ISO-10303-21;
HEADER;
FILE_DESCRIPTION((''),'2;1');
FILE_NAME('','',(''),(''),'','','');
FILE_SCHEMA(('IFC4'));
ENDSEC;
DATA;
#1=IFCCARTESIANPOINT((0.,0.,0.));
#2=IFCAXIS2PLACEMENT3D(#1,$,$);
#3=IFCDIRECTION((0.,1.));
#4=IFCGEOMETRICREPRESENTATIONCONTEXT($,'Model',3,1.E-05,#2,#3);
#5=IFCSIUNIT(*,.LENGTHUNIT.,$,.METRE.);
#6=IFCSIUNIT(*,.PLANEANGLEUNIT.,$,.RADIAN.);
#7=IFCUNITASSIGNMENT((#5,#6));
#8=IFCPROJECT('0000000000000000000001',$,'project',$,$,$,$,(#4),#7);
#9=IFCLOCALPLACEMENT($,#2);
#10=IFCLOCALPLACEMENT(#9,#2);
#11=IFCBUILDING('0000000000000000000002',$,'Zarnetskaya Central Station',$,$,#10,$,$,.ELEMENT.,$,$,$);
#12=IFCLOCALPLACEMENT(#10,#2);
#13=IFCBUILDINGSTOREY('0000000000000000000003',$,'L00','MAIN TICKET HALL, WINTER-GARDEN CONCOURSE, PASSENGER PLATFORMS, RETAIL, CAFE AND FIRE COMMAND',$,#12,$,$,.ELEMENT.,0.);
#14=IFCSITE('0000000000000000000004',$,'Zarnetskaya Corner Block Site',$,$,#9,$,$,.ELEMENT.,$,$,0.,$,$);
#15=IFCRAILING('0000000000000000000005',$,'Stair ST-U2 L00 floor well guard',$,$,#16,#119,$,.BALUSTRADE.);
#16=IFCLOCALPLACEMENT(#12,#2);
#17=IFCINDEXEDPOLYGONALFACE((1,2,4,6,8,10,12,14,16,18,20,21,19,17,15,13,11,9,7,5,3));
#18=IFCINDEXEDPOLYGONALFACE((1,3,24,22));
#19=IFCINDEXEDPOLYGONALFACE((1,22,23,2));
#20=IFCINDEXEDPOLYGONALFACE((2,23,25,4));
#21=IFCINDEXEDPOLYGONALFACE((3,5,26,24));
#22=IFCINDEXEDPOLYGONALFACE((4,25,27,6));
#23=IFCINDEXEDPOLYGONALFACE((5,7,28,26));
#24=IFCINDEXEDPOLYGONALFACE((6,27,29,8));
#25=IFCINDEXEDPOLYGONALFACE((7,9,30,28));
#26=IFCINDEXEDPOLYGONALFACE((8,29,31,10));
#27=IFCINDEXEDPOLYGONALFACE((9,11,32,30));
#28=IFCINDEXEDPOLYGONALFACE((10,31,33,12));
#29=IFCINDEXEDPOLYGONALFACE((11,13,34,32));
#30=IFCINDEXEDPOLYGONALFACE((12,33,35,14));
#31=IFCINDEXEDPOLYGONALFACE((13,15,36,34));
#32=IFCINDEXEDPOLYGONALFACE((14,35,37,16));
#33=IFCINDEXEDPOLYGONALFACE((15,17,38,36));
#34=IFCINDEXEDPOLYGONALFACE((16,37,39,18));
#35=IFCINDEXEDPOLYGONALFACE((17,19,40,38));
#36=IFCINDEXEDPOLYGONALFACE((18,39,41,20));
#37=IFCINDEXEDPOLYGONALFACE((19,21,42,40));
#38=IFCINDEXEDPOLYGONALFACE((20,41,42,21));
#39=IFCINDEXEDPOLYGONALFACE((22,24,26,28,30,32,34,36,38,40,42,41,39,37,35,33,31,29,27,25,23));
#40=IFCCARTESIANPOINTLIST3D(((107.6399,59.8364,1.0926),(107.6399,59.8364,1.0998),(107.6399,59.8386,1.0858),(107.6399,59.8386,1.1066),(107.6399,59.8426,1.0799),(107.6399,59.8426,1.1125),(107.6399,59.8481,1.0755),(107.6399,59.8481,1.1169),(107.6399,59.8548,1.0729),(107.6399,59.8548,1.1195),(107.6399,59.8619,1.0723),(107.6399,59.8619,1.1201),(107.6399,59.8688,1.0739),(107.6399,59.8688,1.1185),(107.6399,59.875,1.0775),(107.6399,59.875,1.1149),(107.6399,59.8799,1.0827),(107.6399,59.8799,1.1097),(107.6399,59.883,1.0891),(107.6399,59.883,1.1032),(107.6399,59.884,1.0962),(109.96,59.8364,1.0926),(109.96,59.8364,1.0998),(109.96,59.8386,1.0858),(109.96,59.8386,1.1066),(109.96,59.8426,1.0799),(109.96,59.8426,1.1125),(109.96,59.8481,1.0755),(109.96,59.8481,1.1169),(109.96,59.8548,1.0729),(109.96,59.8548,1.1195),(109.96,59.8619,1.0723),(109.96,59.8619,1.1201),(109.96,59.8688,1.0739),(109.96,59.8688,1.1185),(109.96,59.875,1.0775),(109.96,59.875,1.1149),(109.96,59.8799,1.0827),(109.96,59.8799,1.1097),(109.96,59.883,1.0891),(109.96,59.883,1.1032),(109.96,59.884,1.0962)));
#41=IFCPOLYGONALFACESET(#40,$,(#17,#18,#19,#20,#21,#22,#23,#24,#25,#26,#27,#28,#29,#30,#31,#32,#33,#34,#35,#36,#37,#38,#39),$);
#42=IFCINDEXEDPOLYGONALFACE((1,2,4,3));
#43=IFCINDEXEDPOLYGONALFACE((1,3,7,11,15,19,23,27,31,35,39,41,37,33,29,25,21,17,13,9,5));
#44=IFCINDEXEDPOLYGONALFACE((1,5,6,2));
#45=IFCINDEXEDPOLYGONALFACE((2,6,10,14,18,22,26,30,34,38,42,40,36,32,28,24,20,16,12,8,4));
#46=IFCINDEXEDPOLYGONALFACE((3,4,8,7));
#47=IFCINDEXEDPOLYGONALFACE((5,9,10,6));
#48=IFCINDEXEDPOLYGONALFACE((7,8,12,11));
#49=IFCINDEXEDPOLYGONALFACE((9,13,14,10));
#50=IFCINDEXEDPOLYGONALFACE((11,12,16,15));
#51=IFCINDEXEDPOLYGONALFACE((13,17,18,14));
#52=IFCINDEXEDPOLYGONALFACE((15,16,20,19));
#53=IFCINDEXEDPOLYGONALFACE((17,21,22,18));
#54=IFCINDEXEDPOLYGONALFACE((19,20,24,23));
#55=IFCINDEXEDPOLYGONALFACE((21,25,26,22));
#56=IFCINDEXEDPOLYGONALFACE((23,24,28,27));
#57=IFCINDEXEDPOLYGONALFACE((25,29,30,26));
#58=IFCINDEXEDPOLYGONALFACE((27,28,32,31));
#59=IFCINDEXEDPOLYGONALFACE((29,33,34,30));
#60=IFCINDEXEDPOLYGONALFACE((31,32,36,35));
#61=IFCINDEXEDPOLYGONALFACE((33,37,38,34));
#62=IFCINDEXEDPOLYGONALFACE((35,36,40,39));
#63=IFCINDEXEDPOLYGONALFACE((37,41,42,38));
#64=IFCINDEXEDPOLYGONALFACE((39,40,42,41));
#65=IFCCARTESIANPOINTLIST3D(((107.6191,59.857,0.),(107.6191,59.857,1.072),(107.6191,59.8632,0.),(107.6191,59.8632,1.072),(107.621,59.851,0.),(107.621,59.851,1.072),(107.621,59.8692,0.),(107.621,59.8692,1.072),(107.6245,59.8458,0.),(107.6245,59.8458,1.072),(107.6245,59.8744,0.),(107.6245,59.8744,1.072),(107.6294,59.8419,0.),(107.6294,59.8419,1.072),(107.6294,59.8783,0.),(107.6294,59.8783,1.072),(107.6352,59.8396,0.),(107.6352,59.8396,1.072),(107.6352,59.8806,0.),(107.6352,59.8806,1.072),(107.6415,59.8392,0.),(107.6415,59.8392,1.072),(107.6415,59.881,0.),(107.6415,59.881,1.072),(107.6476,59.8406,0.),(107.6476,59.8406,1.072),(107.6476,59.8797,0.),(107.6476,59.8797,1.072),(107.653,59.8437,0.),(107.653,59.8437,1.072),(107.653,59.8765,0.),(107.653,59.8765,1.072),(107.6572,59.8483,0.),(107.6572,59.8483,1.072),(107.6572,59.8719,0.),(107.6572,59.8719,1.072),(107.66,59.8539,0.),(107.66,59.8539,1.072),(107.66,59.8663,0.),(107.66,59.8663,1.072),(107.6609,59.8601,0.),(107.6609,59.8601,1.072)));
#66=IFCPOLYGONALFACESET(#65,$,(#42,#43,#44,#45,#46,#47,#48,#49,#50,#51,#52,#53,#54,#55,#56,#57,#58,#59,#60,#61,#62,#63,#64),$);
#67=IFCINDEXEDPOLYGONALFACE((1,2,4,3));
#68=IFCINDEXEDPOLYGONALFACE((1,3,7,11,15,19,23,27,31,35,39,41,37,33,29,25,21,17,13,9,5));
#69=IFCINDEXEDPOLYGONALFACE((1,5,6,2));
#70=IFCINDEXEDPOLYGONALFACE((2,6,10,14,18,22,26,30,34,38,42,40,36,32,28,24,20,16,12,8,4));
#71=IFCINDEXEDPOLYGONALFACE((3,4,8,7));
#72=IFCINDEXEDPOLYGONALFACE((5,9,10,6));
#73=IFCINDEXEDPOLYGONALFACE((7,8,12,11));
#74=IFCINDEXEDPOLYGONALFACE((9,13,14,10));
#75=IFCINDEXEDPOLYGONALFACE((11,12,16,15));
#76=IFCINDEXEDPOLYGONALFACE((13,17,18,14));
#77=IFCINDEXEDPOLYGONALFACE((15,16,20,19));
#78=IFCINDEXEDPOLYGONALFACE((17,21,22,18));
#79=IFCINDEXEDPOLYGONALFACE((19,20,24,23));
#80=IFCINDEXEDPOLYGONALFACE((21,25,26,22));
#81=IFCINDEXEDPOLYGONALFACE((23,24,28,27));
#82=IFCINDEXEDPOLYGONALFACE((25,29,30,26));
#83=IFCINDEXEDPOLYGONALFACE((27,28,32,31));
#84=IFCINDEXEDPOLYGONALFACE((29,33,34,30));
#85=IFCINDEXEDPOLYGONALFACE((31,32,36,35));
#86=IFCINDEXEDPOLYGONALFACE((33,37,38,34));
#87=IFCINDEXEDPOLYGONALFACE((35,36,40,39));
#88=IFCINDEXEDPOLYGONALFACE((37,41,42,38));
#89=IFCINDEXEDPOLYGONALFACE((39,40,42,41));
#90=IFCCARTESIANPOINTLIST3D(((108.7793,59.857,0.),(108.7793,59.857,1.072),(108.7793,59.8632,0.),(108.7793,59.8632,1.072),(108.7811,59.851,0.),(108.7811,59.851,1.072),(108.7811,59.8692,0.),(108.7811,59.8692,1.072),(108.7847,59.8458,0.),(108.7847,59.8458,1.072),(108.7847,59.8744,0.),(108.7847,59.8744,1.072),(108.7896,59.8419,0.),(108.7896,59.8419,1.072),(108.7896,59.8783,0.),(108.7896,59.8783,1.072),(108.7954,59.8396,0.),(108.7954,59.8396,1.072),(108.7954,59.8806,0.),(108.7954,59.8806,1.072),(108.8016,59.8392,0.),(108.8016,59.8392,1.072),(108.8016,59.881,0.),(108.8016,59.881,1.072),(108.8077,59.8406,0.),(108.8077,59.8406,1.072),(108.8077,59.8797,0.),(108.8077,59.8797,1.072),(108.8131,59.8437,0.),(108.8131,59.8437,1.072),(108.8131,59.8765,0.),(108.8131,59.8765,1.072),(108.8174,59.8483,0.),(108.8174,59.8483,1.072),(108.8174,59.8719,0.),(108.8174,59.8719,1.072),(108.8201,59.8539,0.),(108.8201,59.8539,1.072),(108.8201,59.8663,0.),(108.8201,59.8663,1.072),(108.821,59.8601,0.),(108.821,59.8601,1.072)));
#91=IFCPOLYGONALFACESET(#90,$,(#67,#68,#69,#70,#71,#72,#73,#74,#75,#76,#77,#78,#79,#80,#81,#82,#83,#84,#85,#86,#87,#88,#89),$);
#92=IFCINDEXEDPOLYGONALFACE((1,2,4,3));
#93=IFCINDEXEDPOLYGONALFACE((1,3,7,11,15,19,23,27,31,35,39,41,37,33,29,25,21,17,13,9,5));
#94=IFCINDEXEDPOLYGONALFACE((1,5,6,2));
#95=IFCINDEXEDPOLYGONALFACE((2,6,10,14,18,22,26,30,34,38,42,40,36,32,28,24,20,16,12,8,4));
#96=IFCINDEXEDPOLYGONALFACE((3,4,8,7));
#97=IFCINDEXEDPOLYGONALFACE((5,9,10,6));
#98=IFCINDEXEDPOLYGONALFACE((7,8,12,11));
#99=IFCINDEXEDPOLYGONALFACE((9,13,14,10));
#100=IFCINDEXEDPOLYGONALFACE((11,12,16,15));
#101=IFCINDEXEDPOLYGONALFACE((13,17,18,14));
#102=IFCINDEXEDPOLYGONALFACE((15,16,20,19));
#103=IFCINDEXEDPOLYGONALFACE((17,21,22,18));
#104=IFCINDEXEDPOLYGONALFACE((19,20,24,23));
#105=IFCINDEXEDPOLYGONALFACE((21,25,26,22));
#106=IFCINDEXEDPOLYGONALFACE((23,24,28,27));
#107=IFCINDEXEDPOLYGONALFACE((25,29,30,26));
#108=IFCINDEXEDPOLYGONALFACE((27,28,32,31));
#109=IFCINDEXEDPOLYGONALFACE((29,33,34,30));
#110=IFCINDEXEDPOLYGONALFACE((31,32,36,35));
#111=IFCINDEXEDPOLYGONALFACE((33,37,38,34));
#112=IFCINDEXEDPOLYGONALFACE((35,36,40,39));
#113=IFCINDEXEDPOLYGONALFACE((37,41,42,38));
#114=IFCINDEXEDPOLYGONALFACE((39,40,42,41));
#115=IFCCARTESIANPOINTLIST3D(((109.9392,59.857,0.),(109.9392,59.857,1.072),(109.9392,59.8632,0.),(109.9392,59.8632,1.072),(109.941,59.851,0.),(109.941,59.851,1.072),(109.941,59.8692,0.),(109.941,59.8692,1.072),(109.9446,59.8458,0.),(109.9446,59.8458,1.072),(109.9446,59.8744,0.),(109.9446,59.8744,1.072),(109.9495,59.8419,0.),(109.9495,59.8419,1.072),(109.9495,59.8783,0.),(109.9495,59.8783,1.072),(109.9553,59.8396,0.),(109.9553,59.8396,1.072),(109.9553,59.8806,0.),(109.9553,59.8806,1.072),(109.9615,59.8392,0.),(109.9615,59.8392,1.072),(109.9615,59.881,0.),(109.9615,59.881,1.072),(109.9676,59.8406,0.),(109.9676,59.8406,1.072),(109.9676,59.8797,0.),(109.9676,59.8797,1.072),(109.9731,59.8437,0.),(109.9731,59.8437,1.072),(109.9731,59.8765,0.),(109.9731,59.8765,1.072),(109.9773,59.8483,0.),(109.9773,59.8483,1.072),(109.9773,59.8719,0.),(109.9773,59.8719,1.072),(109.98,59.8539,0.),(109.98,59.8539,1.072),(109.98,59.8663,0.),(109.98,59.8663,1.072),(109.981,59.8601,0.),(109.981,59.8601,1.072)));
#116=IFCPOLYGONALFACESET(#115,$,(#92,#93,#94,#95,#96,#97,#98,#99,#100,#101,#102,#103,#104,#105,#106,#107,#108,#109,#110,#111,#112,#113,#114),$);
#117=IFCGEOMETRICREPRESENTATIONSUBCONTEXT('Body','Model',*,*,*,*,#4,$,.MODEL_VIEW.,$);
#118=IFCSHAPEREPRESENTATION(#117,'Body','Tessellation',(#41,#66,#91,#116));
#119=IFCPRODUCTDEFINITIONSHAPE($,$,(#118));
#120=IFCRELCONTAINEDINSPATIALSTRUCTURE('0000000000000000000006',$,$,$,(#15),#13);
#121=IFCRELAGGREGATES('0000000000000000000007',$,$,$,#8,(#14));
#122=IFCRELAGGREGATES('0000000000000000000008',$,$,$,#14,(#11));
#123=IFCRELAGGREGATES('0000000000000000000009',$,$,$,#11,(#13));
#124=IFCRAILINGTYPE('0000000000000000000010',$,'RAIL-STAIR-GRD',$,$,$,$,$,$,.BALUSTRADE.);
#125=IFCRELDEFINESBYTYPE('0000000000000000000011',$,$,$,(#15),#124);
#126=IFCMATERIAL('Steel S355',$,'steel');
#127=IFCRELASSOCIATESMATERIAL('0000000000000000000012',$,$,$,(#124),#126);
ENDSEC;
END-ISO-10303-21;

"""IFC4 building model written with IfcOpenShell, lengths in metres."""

from ifc_helpers import new_model, si_unit, direction, frame, origin, origin_2d, place, context, subcontext, project, spatial, circle, extrude, material, type_object, element, save


model = new_model("IFC4")

# Units and contexts
model_context = context("Model", 3, precision=1e-05, world=origin(), true_north=direction((0.0, 1.0)))
body_context = subcontext(model_context, "Body", "Model", "MODEL_VIEW")
ifc_project = project(units=[si_unit("LENGTHUNIT", "METRE"), si_unit("PLANEANGLEUNIT", "RADIAN")], contexts=[model_context])

# Site, building, storey
site_placement = place(None, origin())
site = spatial("IfcSite", under=ifc_project, at=site_placement, Name="Zarnetskaya Corner Block Site", CompositionType="ELEMENT", RefElevation=0.0)
building_placement = place(site_placement, origin())
building = spatial("IfcBuilding", under=site, at=building_placement, Name="Zarnetskaya Central Station", CompositionType="ELEMENT")
storey_placement = place(building_placement, origin())
storey = spatial("IfcBuildingStorey", under=building, at=storey_placement, Name="L00", Description="MAIN TICKET HALL, WINTER-GARDEN CONCOURSE, PASSENGER PLATFORMS, RETAIL, CAFE AND FIRE COMMAND", CompositionType="ELEMENT", Elevation=0.0)

# Shared definitions
ifc_material_1 = material(Name="Steel S355", Category="steel")

# Railing
railing_type = type_object("IfcRailingType", Name="RAIL-STAIR-GRD", PredefinedType="BALUSTRADE", material=ifc_material_1)
railing_placement = place(storey_placement, frame((107.6399, 59.8601, 0.0)))
element("IfcRailing", 1, at=railing_placement, inside=storey, type_object=railing_type, Name="Stair ST-U2 L00 floor well guard", PredefinedType="BALUSTRADE", context=body_context, shape_type="SweptSolid", body=[
    extrude(circle(Radius=0.0239, at=origin_2d()), frame((0.0, 0.0, 1.0962), z_axis=(1.0, 0.0, 0.0), x_axis=(0.0, 1.0, 0.0)), (0.0, 0.0, 1.0), 2.3201),
    extrude(circle(Radius=0.021, at=origin_2d()), origin(), (0.0, 0.0, 1.0), 1.072),
    extrude(circle(Radius=0.021, at=origin_2d()), frame((1.1602, 0.0, 0.0)), (0.0, 0.0, 1.0), 1.072),
    extrude(circle(Radius=0.021, at=origin_2d()), frame((2.3201, 0.0, 0.0)), (0.0, 0.0, 1.0), 1.072),
])

save(model, "model.ifc")
